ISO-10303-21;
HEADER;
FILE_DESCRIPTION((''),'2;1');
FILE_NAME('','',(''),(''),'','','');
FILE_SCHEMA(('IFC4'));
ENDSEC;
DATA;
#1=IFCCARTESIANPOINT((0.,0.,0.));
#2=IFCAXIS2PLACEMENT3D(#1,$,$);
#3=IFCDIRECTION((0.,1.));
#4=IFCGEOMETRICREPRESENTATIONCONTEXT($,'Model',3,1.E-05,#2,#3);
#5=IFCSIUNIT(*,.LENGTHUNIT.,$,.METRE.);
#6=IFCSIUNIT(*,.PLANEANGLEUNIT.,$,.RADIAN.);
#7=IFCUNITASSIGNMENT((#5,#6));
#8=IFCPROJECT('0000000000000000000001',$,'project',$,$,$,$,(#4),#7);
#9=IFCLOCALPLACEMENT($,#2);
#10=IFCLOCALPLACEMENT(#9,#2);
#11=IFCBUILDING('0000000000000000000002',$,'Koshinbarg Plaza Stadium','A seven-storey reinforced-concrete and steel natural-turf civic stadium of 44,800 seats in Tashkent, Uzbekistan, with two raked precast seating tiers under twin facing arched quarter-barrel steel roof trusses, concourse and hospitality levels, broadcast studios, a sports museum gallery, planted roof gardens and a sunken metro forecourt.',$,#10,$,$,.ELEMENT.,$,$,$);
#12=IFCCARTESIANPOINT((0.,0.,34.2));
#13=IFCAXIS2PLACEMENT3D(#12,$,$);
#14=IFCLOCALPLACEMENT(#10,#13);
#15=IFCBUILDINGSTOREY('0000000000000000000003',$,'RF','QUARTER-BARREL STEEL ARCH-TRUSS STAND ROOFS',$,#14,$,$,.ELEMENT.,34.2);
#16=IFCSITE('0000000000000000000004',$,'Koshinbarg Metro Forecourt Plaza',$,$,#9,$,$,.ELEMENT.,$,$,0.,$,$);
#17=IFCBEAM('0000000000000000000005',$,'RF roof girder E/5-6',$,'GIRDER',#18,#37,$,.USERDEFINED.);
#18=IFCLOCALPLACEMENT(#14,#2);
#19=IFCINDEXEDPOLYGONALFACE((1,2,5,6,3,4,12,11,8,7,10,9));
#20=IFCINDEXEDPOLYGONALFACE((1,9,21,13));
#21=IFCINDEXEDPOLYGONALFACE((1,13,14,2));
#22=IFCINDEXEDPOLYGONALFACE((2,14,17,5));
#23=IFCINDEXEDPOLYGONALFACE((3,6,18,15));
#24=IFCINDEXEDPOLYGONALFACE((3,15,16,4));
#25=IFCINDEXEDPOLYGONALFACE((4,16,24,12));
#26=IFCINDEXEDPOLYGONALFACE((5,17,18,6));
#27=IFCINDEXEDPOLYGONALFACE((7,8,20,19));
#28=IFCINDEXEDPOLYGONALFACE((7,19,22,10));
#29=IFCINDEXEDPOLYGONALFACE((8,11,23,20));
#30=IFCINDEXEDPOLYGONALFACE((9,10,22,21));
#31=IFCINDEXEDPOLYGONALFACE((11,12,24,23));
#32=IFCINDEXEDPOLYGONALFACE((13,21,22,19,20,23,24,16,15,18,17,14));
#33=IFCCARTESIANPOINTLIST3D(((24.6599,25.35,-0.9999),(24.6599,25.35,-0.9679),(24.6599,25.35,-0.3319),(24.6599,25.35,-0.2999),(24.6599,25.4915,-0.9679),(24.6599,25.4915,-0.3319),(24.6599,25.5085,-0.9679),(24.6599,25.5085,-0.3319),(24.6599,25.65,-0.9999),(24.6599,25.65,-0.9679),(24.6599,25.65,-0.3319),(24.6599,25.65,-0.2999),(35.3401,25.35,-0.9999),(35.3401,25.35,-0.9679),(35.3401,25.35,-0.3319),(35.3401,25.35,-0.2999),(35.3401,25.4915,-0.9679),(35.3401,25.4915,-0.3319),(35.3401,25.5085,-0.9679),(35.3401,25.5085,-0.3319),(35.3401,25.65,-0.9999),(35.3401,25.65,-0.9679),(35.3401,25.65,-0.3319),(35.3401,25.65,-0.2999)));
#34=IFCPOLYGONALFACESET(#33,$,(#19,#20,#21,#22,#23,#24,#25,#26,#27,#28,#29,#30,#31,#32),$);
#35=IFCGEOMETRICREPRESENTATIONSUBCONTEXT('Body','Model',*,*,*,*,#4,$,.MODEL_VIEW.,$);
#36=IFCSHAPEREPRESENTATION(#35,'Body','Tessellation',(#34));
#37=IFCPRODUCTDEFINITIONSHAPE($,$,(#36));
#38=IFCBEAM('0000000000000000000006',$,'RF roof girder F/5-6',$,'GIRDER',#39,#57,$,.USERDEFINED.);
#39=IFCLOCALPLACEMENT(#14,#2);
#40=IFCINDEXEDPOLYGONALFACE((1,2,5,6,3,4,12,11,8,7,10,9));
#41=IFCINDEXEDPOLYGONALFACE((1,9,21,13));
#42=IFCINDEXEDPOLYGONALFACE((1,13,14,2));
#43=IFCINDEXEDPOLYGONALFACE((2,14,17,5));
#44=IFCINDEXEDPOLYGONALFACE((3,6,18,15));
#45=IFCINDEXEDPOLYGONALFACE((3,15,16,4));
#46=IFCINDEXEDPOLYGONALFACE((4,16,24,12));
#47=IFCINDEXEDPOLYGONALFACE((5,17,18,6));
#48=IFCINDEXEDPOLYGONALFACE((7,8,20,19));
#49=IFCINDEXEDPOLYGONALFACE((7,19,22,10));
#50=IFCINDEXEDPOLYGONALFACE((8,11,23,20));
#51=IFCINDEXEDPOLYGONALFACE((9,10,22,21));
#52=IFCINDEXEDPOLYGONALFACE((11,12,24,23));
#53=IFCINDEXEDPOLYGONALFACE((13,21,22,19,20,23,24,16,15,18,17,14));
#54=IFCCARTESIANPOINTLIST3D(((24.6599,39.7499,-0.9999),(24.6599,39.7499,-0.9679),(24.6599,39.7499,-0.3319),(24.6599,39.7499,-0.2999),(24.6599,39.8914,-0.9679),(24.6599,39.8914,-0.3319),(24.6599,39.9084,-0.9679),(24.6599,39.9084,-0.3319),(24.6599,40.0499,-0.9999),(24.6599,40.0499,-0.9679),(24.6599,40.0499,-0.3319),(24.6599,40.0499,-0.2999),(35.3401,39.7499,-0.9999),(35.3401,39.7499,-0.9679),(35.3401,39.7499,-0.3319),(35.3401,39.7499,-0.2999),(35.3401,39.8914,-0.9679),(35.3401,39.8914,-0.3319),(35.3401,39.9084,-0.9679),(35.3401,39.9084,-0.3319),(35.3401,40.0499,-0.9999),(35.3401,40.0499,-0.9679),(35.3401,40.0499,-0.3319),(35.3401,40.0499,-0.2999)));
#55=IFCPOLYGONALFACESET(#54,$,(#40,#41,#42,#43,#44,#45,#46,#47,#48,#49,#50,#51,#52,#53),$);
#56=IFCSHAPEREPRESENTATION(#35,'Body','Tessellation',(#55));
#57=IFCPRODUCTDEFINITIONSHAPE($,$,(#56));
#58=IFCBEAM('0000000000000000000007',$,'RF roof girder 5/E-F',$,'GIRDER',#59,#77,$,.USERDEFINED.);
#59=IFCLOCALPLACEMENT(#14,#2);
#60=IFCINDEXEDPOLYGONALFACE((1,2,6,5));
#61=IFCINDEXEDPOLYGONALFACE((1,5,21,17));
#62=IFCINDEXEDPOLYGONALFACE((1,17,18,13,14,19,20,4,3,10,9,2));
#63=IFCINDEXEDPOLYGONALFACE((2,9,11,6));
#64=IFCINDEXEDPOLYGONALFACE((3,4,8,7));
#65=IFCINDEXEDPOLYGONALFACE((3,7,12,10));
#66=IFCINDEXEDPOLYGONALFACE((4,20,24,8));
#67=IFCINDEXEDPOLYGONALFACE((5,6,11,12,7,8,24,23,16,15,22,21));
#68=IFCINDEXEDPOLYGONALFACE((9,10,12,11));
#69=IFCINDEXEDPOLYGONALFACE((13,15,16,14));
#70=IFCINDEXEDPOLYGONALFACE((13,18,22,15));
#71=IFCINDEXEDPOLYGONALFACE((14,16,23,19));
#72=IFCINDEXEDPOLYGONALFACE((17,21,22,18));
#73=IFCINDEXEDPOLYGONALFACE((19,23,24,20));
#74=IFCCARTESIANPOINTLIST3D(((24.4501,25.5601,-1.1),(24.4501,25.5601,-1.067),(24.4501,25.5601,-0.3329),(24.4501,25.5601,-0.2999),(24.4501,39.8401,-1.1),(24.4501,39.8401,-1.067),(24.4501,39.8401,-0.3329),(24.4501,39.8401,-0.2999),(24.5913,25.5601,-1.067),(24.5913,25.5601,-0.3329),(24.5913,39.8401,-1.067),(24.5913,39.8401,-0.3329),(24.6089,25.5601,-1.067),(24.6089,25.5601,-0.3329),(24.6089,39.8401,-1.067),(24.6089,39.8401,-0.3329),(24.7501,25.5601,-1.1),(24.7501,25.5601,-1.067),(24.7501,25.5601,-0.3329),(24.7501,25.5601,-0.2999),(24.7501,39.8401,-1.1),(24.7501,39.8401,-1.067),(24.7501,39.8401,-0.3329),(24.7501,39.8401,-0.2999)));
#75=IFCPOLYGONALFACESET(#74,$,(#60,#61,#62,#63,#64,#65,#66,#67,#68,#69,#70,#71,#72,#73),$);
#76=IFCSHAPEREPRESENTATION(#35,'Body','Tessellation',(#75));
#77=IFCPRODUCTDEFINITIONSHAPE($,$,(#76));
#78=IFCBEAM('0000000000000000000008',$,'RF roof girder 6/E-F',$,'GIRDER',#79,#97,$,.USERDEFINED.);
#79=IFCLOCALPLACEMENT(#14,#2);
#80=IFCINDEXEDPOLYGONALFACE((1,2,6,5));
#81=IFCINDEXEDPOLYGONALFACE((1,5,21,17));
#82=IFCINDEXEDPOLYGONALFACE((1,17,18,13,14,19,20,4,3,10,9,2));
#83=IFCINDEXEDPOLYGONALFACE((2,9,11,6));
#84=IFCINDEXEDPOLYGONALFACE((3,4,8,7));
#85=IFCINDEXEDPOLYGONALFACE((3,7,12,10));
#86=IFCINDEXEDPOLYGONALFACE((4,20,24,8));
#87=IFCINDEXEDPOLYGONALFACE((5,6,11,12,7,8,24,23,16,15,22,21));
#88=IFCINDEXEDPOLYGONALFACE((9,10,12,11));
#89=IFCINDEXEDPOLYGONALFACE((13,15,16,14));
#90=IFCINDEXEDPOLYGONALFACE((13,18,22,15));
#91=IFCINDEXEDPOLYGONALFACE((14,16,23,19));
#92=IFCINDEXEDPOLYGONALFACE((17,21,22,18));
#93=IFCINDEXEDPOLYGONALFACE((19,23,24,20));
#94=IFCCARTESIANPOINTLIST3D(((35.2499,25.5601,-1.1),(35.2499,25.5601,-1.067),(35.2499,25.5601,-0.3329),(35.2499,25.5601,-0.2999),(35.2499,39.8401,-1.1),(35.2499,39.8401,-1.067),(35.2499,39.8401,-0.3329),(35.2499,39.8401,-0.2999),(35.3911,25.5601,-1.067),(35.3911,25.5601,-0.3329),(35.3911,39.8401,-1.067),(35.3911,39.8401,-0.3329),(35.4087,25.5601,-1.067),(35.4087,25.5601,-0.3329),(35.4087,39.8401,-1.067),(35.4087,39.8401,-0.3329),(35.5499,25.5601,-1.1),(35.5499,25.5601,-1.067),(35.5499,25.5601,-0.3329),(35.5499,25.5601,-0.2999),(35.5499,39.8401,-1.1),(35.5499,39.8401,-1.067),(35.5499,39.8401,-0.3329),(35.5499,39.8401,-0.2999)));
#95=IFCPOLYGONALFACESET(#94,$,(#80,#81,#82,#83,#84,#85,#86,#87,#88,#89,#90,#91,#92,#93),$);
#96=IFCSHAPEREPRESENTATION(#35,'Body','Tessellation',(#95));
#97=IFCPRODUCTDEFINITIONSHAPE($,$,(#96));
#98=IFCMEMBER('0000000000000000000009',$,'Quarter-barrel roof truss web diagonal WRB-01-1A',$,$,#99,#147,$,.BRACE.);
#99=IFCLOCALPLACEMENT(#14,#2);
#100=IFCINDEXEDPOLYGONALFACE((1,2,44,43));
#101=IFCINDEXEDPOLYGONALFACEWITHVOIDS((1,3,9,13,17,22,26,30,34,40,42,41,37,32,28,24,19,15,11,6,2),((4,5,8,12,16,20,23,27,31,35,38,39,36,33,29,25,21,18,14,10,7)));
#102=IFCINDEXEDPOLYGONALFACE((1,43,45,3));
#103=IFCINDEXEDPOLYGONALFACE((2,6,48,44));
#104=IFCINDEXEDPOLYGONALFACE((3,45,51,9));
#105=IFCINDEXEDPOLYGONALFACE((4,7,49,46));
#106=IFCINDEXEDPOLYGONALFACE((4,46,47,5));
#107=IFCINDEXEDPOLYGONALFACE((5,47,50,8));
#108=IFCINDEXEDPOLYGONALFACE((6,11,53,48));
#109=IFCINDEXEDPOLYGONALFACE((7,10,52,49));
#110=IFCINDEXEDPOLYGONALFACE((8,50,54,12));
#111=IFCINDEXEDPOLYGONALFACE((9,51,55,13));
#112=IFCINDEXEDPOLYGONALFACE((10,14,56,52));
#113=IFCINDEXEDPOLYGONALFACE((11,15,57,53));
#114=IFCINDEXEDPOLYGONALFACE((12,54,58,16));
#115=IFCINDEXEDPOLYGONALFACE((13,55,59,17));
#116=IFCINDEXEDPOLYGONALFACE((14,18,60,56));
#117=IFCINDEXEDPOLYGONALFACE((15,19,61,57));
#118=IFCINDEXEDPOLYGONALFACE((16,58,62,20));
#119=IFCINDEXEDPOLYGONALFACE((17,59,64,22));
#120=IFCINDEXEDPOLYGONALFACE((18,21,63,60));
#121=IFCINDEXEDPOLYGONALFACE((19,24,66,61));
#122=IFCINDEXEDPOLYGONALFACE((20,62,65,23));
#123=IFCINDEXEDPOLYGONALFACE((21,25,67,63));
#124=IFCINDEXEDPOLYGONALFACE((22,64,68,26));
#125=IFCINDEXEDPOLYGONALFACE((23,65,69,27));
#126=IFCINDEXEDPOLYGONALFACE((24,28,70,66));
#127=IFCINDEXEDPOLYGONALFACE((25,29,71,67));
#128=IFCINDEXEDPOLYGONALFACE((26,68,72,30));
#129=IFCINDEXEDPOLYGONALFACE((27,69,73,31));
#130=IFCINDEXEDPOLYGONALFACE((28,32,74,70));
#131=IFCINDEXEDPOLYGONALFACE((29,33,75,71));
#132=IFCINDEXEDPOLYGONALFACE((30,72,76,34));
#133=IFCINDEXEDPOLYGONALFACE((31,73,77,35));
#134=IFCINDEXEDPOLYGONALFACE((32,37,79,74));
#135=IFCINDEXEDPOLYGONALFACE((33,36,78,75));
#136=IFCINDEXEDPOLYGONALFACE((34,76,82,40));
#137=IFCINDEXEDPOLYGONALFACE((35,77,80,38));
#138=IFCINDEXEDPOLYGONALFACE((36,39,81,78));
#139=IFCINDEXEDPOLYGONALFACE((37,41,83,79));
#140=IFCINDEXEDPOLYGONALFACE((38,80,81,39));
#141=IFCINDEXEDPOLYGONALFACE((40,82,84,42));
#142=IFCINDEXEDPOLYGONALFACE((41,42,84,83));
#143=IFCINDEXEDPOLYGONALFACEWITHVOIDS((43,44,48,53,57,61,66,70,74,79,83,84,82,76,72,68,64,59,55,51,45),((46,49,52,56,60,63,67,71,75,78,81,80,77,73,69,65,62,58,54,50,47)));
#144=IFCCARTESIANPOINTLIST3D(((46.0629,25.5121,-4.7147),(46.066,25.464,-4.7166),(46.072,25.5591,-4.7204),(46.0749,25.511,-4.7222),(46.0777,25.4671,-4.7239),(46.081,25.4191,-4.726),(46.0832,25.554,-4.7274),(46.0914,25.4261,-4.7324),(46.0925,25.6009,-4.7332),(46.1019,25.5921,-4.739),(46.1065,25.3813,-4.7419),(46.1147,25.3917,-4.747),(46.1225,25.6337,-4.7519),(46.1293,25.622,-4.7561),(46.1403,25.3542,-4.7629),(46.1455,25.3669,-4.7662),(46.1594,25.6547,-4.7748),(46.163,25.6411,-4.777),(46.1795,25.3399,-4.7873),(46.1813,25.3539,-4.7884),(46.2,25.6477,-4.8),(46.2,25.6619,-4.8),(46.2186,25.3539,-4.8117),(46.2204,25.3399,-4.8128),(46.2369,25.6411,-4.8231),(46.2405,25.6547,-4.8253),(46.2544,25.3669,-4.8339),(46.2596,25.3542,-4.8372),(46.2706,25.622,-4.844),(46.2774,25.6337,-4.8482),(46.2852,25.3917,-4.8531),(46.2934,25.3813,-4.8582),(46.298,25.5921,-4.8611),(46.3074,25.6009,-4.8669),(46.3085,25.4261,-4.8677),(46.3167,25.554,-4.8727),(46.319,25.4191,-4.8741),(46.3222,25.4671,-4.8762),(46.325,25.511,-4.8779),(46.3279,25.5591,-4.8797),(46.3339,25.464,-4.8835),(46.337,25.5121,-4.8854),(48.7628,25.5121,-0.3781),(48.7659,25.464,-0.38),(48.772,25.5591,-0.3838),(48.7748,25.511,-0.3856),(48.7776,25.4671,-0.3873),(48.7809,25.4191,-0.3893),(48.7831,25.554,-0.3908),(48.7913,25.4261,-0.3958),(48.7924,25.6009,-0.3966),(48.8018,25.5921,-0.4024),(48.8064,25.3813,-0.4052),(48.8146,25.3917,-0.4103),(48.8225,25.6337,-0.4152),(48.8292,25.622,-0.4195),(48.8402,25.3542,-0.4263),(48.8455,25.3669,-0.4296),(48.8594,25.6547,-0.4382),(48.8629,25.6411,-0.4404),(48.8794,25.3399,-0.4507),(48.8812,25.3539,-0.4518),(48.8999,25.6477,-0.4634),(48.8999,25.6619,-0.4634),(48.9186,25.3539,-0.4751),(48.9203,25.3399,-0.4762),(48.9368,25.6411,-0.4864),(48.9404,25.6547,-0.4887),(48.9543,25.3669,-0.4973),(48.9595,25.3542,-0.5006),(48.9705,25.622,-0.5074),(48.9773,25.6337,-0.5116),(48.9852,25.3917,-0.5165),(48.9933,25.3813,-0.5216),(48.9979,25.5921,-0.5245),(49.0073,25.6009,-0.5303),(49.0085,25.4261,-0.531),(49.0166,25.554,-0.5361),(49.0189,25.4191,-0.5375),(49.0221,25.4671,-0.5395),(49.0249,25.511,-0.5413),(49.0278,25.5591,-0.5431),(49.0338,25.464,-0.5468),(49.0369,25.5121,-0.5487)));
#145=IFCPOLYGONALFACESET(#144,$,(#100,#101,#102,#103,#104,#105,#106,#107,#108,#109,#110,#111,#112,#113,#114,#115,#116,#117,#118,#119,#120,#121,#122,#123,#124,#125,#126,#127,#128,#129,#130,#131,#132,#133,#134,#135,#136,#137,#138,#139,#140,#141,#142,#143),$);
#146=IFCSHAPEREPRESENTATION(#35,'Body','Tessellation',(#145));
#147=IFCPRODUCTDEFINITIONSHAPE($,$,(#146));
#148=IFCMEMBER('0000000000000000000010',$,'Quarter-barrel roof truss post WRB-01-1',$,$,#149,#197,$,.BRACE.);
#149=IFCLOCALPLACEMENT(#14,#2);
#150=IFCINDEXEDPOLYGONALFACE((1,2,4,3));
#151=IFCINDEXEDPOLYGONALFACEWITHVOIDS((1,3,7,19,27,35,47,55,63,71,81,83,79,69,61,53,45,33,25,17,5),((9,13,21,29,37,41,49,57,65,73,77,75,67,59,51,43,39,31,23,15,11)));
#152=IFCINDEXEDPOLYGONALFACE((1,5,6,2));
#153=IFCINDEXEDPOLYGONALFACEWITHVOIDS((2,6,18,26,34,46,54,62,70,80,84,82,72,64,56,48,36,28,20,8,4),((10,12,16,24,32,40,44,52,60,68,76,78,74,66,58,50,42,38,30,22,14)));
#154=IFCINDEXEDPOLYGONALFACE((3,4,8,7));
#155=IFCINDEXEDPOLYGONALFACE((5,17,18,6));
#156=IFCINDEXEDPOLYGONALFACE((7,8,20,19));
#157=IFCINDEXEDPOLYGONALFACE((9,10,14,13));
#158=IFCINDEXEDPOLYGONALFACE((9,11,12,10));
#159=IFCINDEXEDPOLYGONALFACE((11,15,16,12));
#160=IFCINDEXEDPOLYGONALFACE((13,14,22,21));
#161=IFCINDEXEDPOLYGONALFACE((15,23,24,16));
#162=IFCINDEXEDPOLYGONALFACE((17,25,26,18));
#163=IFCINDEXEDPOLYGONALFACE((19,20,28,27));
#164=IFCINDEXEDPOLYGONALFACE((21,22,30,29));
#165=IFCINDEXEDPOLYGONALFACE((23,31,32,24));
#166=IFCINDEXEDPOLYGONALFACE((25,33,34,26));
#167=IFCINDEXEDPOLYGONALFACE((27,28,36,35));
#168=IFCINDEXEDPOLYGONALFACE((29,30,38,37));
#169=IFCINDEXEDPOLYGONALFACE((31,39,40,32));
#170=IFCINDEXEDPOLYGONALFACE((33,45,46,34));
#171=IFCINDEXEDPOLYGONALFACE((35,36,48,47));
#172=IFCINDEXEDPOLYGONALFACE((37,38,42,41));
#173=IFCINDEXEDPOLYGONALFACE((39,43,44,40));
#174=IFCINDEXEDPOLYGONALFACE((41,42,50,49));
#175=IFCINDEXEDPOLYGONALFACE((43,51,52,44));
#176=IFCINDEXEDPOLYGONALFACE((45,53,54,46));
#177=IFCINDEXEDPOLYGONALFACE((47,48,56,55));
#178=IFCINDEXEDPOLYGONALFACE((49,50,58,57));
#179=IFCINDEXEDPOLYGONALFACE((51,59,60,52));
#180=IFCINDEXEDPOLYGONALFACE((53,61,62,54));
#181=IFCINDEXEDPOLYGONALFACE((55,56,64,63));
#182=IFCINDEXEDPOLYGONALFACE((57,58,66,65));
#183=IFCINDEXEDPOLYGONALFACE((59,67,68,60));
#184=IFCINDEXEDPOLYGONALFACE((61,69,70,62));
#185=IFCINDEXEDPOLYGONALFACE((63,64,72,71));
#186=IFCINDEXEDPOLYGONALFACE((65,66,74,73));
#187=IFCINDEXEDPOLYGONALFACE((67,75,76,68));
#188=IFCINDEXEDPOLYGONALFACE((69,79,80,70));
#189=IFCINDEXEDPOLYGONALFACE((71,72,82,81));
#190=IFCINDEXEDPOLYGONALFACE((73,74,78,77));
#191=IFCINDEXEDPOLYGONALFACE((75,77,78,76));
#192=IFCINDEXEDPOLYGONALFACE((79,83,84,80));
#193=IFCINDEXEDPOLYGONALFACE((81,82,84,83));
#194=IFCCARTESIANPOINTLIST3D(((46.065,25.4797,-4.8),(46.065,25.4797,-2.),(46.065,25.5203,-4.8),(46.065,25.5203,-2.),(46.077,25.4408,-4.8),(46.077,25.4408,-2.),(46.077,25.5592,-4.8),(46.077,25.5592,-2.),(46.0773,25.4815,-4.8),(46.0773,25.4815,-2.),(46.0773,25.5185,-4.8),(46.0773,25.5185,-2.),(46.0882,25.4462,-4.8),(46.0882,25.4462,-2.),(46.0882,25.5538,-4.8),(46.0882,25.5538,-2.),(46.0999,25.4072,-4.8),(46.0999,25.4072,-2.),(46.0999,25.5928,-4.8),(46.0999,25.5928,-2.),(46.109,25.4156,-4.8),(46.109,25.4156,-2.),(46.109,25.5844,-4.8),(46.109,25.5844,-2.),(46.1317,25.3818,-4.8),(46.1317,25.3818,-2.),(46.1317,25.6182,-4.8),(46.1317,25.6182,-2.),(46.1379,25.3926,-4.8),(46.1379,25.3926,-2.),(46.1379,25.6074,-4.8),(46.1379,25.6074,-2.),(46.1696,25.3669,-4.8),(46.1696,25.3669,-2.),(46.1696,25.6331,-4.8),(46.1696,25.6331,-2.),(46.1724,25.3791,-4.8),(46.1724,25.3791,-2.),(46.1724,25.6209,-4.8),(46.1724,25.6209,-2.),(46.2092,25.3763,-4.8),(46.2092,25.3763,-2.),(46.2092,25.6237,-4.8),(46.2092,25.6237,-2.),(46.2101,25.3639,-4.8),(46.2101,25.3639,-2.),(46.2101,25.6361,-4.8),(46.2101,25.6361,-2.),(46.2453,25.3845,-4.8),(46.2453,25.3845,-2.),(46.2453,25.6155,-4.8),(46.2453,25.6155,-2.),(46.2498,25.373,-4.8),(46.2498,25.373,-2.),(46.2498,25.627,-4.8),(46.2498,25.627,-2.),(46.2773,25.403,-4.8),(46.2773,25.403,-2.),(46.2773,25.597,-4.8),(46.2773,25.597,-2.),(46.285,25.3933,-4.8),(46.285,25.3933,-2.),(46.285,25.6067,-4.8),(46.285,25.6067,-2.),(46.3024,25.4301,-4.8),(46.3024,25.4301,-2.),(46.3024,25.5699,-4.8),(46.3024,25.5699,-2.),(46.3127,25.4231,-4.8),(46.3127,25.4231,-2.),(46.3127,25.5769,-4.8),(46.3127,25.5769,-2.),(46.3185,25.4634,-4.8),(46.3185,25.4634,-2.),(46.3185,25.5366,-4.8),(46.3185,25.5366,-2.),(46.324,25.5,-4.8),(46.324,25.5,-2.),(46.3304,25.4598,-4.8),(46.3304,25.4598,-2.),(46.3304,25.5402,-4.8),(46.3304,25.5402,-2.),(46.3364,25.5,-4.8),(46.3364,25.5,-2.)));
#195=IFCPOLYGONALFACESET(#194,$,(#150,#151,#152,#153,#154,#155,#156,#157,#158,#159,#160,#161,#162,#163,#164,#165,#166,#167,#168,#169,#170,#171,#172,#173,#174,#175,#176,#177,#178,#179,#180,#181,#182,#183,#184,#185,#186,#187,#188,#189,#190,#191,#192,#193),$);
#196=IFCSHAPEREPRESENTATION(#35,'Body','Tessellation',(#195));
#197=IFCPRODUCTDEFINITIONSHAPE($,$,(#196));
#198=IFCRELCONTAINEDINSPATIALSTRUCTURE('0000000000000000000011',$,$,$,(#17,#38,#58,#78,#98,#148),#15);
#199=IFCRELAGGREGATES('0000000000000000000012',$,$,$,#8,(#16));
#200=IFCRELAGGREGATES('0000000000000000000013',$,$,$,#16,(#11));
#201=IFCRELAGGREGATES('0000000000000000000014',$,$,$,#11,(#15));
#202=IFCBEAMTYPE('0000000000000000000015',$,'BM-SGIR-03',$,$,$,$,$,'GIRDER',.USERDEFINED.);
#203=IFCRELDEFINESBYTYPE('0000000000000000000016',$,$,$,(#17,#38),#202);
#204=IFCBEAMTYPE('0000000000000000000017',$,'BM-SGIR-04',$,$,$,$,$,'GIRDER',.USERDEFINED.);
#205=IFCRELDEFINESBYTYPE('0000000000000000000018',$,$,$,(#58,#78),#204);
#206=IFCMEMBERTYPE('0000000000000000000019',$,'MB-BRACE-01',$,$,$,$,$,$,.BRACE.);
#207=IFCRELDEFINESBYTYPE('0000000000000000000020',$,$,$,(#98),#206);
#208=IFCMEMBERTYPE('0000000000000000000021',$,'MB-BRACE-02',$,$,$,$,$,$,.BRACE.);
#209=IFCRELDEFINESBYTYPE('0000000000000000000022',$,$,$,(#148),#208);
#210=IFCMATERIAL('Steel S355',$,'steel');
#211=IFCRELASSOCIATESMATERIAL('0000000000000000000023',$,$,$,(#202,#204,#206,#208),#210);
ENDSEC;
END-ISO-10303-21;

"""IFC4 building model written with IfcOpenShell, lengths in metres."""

from ifc_helpers import new_model, si_unit, direction, frame, origin, origin_2d, place, context, subcontext, project, spatial, hollow_circle, i_section, extrude, material, material_profile, profile_set, type_object, element, save


model = new_model("IFC4")

# Units and contexts
model_context = context("Model", 3, precision=1e-05, world=origin(), true_north=direction((0.0, 1.0)))
body_context = subcontext(model_context, "Body", "Model", "MODEL_VIEW")
ifc_project = project(units=[si_unit("LENGTHUNIT", "METRE"), si_unit("PLANEANGLEUNIT", "RADIAN")], contexts=[model_context])

# Site, building, storey
site_placement = place(None, origin())
site = spatial("IfcSite", under=ifc_project, at=site_placement, Name="Koshinbarg Metro Forecourt Plaza", CompositionType="ELEMENT", RefElevation=0.0)
building_placement = place(site_placement, origin())
building = spatial("IfcBuilding", under=site, at=building_placement, Name="Koshinbarg Plaza Stadium", Description="A seven-storey reinforced-concrete and steel natural-turf civic stadium of 44,800 seats in Tashkent, Uzbekistan, with two raked precast seating tiers under twin facing arched quarter-barrel steel roof trusses, concourse and hospitality levels, broadcast studios, a sports museum gallery, planted roof gardens and a sunken metro forecourt.", CompositionType="ELEMENT")
storey_placement = place(building_placement, frame((0.0, 0.0, 34.2)))
storey = spatial("IfcBuildingStorey", under=building, at=storey_placement, Name="RF", Description="QUARTER-BARREL STEEL ARCH-TRUSS STAND ROOFS", CompositionType="ELEMENT", Elevation=34.2)

# Beams
ifc_material_1 = material(Name="Steel S355", Category="steel")
ifc_material_profile_1 = material_profile(ifc_material_1, i_section(OverallWidth=0.3, OverallDepth=0.7, WebThickness=0.0171, FlangeThickness=0.032, at=origin_2d()), Name="HEB 700")
ifc_profile_set_1 = profile_set([ifc_material_profile_1], Name="Steel S355")
beam_type_1 = type_object("IfcBeamType", Name="BM-SGIR-03", ElementType="GIRDER", PredefinedType="USERDEFINED", material=ifc_profile_set_1)
for number, where, z_axis, x_axis, name in (
    (1, (24.6599, 25.5, -0.6499), (1.0, 0.0, 0.0), (0.0, 1.0, 0.0), "RF roof girder E/5-6"),
    (2, (24.6599, 39.8999, -0.6499), (1.0, 0.0, 0.0), (0.0, 1.0, 0.0), "RF roof girder F/5-6"),
):
    element("IfcBeam", number, at=place(storey_placement, frame(where, z_axis=z_axis, x_axis=x_axis)), inside=storey, type_object=beam_type_1, Name=name, ObjectType="GIRDER", PredefinedType="USERDEFINED", context=body_context, shape_type="SweptSolid", body=[
        extrude(i_section(OverallWidth=0.3, OverallDepth=0.7, WebThickness=0.0171, FlangeThickness=0.032, at=origin_2d()), origin(), (0.0, 0.0, 1.0), 10.6802),
    ])
ifc_material_profile_2 = material_profile(ifc_material_1, i_section(OverallWidth=0.3, OverallDepth=0.8, WebThickness=0.0176, FlangeThickness=0.033, at=origin_2d()), Name="HEB 800")
ifc_profile_set_2 = profile_set([ifc_material_profile_2], Name="Steel S355")
beam_type_2 = type_object("IfcBeamType", Name="BM-SGIR-04", ElementType="GIRDER", PredefinedType="USERDEFINED", material=ifc_profile_set_2)
for number, where, z_axis, x_axis, name in (
    (3, (24.6001, 25.5601, -0.7), (0.0, 1.0, 0.0), (-1.0, 0.0, 0.0), "RF roof girder 5/E-F"),
    (4, (35.3999, 25.5601, -0.7), (0.0, 1.0, 0.0), (-1.0, 0.0, 0.0), "RF roof girder 6/E-F"),
):
    element("IfcBeam", number, at=place(storey_placement, frame(where, z_axis=z_axis, x_axis=x_axis)), inside=storey, type_object=beam_type_2, Name=name, ObjectType="GIRDER", PredefinedType="USERDEFINED", context=body_context, shape_type="SweptSolid", body=[
        extrude(i_section(OverallWidth=0.3, OverallDepth=0.8, WebThickness=0.0176, FlangeThickness=0.033, at=origin_2d()), origin(), (0.0, 0.0, 1.0), 14.28),
    ])

# Members
ifc_material_profile_3 = material_profile(ifc_material_1, hollow_circle(Radius=0.1619, WallThickness=0.0142, at=origin_2d()), Name="CHS 323.9x14.2")
ifc_profile_set_3 = profile_set([ifc_material_profile_3], Name="Steel S355")
member_type_1 = type_object("IfcMemberType", Name="MB-BRACE-01", PredefinedType="BRACE", material=ifc_profile_set_3)
member_1_placement = place(storey_placement, frame((46.2, 25.5, -4.8), z_axis=(0.528525, 0.0, 0.848918), x_axis=(0.0, 1.0, 0.0)))
element("IfcMember", 5, at=member_1_placement, inside=storey, type_object=member_type_1, Name="Quarter-barrel roof truss web diagonal WRB-01-1A", PredefinedType="BRACE", context=body_context, shape_type="SweptSolid", body=[
    extrude(hollow_circle(Radius=0.1619, WallThickness=0.0142, at=origin_2d()), origin(), (0.0, 0.0, 1.0), 5.1084),
])
ifc_material_profile_4 = material_profile(ifc_material_1, hollow_circle(Radius=0.1365, WallThickness=0.0125, at=origin_2d()), Name="CHS 273x12.5")
ifc_profile_set_4 = profile_set([ifc_material_profile_4], Name="Steel S355")
member_type_2 = type_object("IfcMemberType", Name="MB-BRACE-02", PredefinedType="BRACE", material=ifc_profile_set_4)
member_2_placement = place(storey_placement, frame((46.2, 25.5, -4.8), z_axis=(0.0, 0.0, 1.0), x_axis=(1.0, 0.0, 0.0)))
element("IfcMember", 6, at=member_2_placement, inside=storey, type_object=member_type_2, Name="Quarter-barrel roof truss post WRB-01-1", PredefinedType="BRACE", context=body_context, shape_type="SweptSolid", body=[
    extrude(hollow_circle(Radius=0.1365, WallThickness=0.0125, at=origin_2d()), origin(), (0.0, 0.0, 1.0), 2.8),
])

save(model, "model.ifc")
